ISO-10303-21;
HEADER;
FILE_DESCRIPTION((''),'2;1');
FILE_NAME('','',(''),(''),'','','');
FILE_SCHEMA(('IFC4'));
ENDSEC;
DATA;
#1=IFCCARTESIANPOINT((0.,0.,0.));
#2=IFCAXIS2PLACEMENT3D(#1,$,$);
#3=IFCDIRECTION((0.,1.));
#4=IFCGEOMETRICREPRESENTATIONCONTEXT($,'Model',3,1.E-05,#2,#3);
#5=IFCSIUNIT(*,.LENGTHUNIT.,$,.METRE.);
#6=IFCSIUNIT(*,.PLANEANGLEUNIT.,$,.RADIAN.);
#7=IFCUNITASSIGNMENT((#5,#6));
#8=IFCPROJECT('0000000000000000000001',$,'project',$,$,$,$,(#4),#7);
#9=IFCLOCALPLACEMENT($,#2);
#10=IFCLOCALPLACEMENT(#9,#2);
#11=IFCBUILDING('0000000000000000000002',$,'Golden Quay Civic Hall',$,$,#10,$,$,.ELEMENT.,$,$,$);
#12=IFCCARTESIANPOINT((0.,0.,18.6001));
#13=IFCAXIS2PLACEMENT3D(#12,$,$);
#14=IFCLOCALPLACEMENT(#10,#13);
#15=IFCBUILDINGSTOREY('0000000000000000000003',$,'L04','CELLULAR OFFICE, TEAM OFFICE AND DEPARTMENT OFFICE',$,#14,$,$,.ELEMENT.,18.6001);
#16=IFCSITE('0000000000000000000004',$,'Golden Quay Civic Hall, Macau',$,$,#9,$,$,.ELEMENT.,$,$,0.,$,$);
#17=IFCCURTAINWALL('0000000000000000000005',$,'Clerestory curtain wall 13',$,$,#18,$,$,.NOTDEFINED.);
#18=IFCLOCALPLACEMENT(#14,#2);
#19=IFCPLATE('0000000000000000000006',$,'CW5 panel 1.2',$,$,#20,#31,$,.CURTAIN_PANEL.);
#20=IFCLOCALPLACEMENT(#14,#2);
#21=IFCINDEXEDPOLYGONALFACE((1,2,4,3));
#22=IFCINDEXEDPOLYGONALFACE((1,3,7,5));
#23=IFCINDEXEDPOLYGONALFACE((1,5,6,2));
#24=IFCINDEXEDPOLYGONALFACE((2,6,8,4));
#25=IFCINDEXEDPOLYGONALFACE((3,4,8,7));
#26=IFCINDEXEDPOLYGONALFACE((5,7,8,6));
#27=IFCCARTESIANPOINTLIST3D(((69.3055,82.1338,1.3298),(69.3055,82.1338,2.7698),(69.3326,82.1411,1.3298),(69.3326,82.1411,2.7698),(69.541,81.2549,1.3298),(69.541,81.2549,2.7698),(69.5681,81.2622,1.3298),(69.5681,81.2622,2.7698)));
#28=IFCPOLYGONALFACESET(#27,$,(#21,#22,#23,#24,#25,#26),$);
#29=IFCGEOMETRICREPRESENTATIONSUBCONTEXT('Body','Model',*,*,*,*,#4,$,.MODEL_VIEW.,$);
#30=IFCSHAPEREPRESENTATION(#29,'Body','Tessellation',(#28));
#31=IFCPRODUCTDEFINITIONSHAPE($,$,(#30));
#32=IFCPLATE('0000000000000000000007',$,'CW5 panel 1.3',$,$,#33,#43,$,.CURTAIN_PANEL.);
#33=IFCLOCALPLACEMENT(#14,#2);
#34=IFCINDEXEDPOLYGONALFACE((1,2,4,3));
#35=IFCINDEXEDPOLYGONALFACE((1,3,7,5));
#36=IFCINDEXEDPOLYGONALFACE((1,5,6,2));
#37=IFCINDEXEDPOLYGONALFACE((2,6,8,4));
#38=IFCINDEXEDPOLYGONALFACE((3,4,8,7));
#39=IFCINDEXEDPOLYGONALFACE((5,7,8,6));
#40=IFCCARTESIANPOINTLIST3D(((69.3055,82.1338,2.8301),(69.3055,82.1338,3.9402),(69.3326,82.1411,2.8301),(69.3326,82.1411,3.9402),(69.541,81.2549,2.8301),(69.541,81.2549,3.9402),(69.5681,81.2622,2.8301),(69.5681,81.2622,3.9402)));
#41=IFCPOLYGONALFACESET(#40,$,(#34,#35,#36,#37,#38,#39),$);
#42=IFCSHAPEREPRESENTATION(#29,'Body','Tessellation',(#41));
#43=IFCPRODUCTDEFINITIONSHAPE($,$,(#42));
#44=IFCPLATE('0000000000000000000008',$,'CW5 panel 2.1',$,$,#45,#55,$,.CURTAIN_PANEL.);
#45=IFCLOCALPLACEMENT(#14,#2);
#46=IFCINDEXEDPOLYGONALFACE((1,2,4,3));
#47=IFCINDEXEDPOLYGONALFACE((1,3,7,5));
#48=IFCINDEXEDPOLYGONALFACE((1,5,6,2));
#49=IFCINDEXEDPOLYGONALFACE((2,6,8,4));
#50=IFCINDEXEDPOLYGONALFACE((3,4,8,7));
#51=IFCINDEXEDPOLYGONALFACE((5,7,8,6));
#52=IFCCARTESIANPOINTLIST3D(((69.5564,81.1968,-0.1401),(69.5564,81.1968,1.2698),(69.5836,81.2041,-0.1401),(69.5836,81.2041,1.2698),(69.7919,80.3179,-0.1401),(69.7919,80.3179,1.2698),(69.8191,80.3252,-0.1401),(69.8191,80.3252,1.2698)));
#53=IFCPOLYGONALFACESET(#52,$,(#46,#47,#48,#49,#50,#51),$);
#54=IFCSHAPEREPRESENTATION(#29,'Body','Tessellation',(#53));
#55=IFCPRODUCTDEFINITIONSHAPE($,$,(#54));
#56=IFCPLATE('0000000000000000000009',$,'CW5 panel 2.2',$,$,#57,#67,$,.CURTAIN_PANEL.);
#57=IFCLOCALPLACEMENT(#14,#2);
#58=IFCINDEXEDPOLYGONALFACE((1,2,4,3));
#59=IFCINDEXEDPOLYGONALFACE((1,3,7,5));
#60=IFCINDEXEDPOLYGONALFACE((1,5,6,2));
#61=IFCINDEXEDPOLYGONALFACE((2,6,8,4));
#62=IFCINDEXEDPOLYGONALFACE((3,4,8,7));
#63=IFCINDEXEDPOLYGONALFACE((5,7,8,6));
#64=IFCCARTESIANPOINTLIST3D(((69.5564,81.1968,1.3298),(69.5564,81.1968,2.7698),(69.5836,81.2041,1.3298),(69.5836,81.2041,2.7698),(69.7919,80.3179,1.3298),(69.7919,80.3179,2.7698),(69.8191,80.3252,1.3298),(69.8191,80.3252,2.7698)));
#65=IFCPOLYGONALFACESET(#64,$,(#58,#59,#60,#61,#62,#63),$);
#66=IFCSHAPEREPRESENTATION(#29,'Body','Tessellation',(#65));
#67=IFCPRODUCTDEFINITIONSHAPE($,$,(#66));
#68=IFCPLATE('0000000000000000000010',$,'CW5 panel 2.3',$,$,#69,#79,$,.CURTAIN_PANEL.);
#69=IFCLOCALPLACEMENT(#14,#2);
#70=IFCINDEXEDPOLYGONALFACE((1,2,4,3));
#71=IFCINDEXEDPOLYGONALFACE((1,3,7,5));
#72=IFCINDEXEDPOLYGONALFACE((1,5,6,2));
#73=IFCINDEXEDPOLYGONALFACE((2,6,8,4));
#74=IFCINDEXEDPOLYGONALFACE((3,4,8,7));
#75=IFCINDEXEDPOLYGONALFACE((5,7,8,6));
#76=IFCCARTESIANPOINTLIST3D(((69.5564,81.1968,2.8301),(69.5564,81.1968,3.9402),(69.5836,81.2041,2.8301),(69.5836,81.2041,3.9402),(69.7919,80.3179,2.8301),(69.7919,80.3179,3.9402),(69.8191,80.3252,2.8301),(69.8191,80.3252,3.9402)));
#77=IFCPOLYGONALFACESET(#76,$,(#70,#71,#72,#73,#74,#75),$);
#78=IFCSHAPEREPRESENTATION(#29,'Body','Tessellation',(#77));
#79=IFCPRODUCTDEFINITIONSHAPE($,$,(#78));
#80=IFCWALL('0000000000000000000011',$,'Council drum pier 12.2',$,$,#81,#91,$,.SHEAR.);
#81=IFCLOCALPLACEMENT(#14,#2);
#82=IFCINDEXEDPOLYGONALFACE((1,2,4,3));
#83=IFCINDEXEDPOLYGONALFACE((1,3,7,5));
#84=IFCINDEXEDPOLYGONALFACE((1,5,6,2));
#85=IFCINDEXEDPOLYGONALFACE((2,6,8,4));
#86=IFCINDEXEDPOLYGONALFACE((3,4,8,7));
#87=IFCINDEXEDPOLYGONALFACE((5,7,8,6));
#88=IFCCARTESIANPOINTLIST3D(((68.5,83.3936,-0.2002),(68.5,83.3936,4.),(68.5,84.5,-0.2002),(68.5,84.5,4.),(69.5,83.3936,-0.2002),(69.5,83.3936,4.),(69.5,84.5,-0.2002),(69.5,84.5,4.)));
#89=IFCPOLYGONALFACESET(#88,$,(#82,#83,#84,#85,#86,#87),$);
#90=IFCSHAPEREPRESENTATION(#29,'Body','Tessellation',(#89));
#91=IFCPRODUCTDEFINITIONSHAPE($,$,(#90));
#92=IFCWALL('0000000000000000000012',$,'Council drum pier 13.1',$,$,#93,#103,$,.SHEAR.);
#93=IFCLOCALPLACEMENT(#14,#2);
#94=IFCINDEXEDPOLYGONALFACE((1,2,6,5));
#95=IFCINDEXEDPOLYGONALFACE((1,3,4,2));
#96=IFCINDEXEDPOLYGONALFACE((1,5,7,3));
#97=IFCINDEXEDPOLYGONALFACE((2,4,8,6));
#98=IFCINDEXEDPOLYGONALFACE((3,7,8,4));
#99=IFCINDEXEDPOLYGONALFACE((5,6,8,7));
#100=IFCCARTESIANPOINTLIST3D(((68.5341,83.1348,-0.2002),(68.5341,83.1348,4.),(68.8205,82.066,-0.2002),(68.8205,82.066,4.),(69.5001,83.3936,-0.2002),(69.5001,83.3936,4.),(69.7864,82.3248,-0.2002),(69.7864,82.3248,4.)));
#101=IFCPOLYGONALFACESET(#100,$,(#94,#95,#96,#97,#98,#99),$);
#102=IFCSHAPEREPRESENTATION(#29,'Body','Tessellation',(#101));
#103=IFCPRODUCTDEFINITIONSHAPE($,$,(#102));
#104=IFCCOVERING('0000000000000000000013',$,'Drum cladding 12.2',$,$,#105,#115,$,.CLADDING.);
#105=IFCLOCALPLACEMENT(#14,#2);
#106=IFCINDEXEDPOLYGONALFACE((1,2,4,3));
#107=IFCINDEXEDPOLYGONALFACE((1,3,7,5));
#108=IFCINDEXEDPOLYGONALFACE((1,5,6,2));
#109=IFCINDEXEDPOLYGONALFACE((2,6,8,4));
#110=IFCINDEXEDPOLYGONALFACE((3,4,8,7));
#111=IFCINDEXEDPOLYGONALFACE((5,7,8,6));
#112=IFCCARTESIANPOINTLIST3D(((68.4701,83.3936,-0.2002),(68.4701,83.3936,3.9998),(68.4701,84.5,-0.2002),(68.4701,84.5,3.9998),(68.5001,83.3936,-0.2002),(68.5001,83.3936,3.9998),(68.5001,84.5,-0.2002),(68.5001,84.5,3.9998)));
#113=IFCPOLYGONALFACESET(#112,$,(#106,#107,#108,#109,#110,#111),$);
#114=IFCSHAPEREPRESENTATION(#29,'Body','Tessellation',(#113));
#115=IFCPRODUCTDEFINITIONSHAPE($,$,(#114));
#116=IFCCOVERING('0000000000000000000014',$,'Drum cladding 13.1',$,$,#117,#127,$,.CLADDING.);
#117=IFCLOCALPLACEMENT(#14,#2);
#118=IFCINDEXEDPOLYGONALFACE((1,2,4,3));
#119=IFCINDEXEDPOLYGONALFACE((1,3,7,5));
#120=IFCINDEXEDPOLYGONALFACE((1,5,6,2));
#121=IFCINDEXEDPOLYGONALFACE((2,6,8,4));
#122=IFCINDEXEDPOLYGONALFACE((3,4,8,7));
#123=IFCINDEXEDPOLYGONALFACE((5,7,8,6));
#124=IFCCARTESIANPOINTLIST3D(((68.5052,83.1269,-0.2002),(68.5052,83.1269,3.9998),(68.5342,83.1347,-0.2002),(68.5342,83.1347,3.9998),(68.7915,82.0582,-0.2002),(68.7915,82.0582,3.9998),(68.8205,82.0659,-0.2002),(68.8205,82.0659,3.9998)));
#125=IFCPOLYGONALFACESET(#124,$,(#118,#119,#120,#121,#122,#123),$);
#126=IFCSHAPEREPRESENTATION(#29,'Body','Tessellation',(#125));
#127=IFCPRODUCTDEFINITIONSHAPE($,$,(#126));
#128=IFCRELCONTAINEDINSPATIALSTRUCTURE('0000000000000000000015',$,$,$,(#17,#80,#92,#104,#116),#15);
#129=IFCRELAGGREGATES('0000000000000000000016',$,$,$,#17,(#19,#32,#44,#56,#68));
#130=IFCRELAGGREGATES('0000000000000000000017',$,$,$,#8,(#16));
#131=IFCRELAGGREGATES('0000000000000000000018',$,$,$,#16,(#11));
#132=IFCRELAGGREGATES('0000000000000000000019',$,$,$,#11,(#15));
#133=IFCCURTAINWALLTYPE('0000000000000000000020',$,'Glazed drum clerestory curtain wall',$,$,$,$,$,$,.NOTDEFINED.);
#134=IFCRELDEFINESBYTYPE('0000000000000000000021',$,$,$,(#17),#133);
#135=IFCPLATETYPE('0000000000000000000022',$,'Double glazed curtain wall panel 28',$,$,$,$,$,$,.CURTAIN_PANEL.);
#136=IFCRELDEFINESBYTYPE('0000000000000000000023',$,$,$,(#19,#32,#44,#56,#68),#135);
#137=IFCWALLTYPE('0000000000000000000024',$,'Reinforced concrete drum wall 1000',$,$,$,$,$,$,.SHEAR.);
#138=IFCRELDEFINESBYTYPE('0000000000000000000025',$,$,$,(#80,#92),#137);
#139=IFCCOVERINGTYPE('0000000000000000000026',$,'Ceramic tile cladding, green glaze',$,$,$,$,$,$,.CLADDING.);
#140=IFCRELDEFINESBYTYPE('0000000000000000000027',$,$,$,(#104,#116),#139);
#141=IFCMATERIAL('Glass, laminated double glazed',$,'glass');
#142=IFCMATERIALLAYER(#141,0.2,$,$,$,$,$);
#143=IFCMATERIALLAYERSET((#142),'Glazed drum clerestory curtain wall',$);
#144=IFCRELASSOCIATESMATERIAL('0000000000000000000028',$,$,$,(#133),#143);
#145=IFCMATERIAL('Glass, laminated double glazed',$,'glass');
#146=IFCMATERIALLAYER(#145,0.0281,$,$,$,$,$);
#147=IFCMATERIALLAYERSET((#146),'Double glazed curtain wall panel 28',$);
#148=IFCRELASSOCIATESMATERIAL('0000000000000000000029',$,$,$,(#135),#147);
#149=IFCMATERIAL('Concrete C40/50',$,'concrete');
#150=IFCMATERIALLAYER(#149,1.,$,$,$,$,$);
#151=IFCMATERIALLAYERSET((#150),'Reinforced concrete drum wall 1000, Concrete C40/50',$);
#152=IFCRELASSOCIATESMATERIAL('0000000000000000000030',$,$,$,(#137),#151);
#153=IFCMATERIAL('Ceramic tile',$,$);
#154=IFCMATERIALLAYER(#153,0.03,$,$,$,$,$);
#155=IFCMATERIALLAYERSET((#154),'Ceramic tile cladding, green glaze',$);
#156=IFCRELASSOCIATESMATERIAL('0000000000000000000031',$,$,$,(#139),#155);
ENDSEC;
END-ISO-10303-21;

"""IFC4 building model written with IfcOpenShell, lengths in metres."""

from ifc_helpers import new_model, si_unit, direction, frame, frame_2d, origin, origin_2d, place, context, subcontext, project, spatial, rectangle, extrude, material, layer, layer_set, type_object, element, aggregate, save


model = new_model("IFC4")

# Units and contexts
model_context = context("Model", 3, precision=1e-05, world=origin(), true_north=direction((0.0, 1.0)))
body_context = subcontext(model_context, "Body", "Model", "MODEL_VIEW")
ifc_project = project(units=[si_unit("LENGTHUNIT", "METRE"), si_unit("PLANEANGLEUNIT", "RADIAN")], contexts=[model_context])

# Site, building, storey
site_placement = place(None, origin())
site = spatial("IfcSite", under=ifc_project, at=site_placement, Name="Golden Quay Civic Hall, Macau", CompositionType="ELEMENT", RefElevation=0.0)
building_placement = place(site_placement, origin())
building = spatial("IfcBuilding", under=site, at=building_placement, Name="Golden Quay Civic Hall", CompositionType="ELEMENT")
storey_placement = place(building_placement, frame((0.0, 0.0, 18.6001)))
storey = spatial("IfcBuildingStorey", under=building, at=storey_placement, Name="L04", Description="CELLULAR OFFICE, TEAM OFFICE AND DEPARTMENT OFFICE", CompositionType="ELEMENT", Elevation=18.6001)

# Shared definitions
ifc_material_1 = material(Name="Glass, laminated double glazed", Category="glass")
ifc_layer_1 = layer(ifc_material_1, 0.2)
ifc_layer_set_1 = layer_set([ifc_layer_1], Name="Glazed drum clerestory curtain wall")
curtain_wall_type = type_object("IfcCurtainWallType", Name="Glazed drum clerestory curtain wall", PredefinedType="NOTDEFINED", material=ifc_layer_set_1)

# Curtain wall
curtain_wall_1_placement = place(storey_placement, origin())
curtain_wall_1 = element("IfcCurtainWall", 1, at=curtain_wall_1_placement, inside=storey, type_object=curtain_wall_type, Name="Clerestory curtain wall 13", PredefinedType="NOTDEFINED")

# Plates
ifc_material_2 = material(Name="Glass, laminated double glazed", Category="glass")
ifc_layer_2 = layer(ifc_material_2, 0.0281)
ifc_layer_set_2 = layer_set([ifc_layer_2], Name="Double glazed curtain wall panel 28")
plate_type = type_object("IfcPlateType", Name="Double glazed curtain wall panel 28", PredefinedType="CURTAIN_PANEL", material=ifc_layer_set_2)
plate_1_placement = place(storey_placement, frame((69.4368, 81.698, 1.3298), z_axis=(0.0, 0.0, 1.0), x_axis=(0.258808, -0.965929, 0.0)))
plate_1 = element("IfcPlate", 2, at=plate_1_placement, type_object=plate_type, Name="CW5 panel 1.2", PredefinedType="CURTAIN_PANEL", context=body_context, shape_type="SweptSolid", body=[
    extrude(rectangle(XDim=0.9099, YDim=0.0281, at=origin_2d()), origin(), (0.0, 0.0, 1.0), 1.4399),
])
plate_2_placement = place(storey_placement, frame((69.4368, 81.698, 2.8301), z_axis=(0.0, 0.0, 1.0), x_axis=(0.258808, -0.965929, 0.0)))
plate_2 = element("IfcPlate", 3, at=plate_2_placement, type_object=plate_type, Name="CW5 panel 1.3", PredefinedType="CURTAIN_PANEL", context=body_context, shape_type="SweptSolid", body=[
    extrude(rectangle(XDim=0.9099, YDim=0.0281, at=origin_2d()), origin(), (0.0, 0.0, 1.0), 1.1101),
])
plate_3_placement = place(storey_placement, frame((69.6877, 80.761, -0.1401), z_axis=(0.0, 0.0, 1.0), x_axis=(0.258808, -0.965929, 0.0)))
plate_3 = element("IfcPlate", 4, at=plate_3_placement, type_object=plate_type, Name="CW5 panel 2.1", PredefinedType="CURTAIN_PANEL", context=body_context, shape_type="SweptSolid", body=[
    extrude(rectangle(XDim=0.9099, YDim=0.0281, at=origin_2d()), origin(), (0.0, 0.0, 1.0), 1.4099),
])
plate_4_placement = place(storey_placement, frame((69.6877, 80.761, 1.3298), z_axis=(0.0, 0.0, 1.0), x_axis=(0.258808, -0.965929, 0.0)))
plate_4 = element("IfcPlate", 5, at=plate_4_placement, type_object=plate_type, Name="CW5 panel 2.2", PredefinedType="CURTAIN_PANEL", context=body_context, shape_type="SweptSolid", body=[
    extrude(rectangle(XDim=0.9099, YDim=0.0281, at=origin_2d()), origin(), (0.0, 0.0, 1.0), 1.4399),
])
plate_5_placement = place(storey_placement, frame((69.6877, 80.761, 2.8301), z_axis=(0.0, 0.0, 1.0), x_axis=(0.258808, -0.965929, 0.0)))
plate_5 = element("IfcPlate", 6, at=plate_5_placement, type_object=plate_type, Name="CW5 panel 2.3", PredefinedType="CURTAIN_PANEL", context=body_context, shape_type="SweptSolid", body=[
    extrude(rectangle(XDim=0.9099, YDim=0.0281, at=origin_2d()), origin(), (0.0, 0.0, 1.0), 1.1101),
])
aggregate(curtain_wall_1, [plate_1, plate_2, plate_3, plate_4, plate_5])

# Walls
ifc_material_3 = material(Name="Concrete C40/50", Category="concrete")
ifc_layer_3 = layer(ifc_material_3, 1.0)
ifc_layer_set_3 = layer_set([ifc_layer_3], Name="Reinforced concrete drum wall 1000, Concrete C40/50")
wall_type = type_object("IfcWallType", Name="Reinforced concrete drum wall 1000", PredefinedType="SHEAR", material=ifc_layer_set_3)
for number, where, z_axis, x_axis, name in (
    (7, (69.0, 84.5, -0.2002), (0.0, 0.0, 1.0), (0.0, -1.0, 0.0), "Council drum pier 12.2"),
    (8, (69.0171, 83.2642, -0.2002), (0.0, 0.0, 1.0), (0.258802, -0.96593, 0.0), "Council drum pier 13.1"),
):
    element("IfcWall", number, at=place(storey_placement, frame(where, z_axis=z_axis, x_axis=x_axis)), inside=storey, type_object=wall_type, Name=name, PredefinedType="SHEAR", context=body_context, shape_type="SweptSolid", body=[
        extrude(rectangle(XDim=1.1064, YDim=1.0, at=frame_2d((0.5532, 0.0))), origin(), (0.0, 0.0, 1.0), 4.2002),
    ])

# Coverings
ifc_material_4 = material(Name="Ceramic tile")
ifc_layer_4 = layer(ifc_material_4, 0.03)
ifc_layer_set_4 = layer_set([ifc_layer_4], Name="Ceramic tile cladding, green glaze")
covering_type = type_object("IfcCoveringType", Name="Ceramic tile cladding, green glaze", PredefinedType="CLADDING", material=ifc_layer_set_4)
for number, where, z_axis, x_axis, name in (
    (9, (68.4851, 83.9468, -0.2002), (0.0, 0.0, 1.0), (0.0, -1.0, 0.0), "Drum cladding 12.2"),
    (10, (68.6628, 82.5964, -0.2002), (0.0, 0.0, 1.0), (0.258819, -0.965926, 0.0), "Drum cladding 13.1"),
):
    element("IfcCovering", number, at=place(storey_placement, frame(where, z_axis=z_axis, x_axis=x_axis)), inside=storey, type_object=covering_type, Name=name, PredefinedType="CLADDING", context=body_context, shape_type="SweptSolid", body=[
        extrude(rectangle(XDim=1.1064, YDim=0.03, at=origin_2d()), origin(), (0.0, 0.0, 1.0), 4.2),
    ])

save(model, "model.ifc")
